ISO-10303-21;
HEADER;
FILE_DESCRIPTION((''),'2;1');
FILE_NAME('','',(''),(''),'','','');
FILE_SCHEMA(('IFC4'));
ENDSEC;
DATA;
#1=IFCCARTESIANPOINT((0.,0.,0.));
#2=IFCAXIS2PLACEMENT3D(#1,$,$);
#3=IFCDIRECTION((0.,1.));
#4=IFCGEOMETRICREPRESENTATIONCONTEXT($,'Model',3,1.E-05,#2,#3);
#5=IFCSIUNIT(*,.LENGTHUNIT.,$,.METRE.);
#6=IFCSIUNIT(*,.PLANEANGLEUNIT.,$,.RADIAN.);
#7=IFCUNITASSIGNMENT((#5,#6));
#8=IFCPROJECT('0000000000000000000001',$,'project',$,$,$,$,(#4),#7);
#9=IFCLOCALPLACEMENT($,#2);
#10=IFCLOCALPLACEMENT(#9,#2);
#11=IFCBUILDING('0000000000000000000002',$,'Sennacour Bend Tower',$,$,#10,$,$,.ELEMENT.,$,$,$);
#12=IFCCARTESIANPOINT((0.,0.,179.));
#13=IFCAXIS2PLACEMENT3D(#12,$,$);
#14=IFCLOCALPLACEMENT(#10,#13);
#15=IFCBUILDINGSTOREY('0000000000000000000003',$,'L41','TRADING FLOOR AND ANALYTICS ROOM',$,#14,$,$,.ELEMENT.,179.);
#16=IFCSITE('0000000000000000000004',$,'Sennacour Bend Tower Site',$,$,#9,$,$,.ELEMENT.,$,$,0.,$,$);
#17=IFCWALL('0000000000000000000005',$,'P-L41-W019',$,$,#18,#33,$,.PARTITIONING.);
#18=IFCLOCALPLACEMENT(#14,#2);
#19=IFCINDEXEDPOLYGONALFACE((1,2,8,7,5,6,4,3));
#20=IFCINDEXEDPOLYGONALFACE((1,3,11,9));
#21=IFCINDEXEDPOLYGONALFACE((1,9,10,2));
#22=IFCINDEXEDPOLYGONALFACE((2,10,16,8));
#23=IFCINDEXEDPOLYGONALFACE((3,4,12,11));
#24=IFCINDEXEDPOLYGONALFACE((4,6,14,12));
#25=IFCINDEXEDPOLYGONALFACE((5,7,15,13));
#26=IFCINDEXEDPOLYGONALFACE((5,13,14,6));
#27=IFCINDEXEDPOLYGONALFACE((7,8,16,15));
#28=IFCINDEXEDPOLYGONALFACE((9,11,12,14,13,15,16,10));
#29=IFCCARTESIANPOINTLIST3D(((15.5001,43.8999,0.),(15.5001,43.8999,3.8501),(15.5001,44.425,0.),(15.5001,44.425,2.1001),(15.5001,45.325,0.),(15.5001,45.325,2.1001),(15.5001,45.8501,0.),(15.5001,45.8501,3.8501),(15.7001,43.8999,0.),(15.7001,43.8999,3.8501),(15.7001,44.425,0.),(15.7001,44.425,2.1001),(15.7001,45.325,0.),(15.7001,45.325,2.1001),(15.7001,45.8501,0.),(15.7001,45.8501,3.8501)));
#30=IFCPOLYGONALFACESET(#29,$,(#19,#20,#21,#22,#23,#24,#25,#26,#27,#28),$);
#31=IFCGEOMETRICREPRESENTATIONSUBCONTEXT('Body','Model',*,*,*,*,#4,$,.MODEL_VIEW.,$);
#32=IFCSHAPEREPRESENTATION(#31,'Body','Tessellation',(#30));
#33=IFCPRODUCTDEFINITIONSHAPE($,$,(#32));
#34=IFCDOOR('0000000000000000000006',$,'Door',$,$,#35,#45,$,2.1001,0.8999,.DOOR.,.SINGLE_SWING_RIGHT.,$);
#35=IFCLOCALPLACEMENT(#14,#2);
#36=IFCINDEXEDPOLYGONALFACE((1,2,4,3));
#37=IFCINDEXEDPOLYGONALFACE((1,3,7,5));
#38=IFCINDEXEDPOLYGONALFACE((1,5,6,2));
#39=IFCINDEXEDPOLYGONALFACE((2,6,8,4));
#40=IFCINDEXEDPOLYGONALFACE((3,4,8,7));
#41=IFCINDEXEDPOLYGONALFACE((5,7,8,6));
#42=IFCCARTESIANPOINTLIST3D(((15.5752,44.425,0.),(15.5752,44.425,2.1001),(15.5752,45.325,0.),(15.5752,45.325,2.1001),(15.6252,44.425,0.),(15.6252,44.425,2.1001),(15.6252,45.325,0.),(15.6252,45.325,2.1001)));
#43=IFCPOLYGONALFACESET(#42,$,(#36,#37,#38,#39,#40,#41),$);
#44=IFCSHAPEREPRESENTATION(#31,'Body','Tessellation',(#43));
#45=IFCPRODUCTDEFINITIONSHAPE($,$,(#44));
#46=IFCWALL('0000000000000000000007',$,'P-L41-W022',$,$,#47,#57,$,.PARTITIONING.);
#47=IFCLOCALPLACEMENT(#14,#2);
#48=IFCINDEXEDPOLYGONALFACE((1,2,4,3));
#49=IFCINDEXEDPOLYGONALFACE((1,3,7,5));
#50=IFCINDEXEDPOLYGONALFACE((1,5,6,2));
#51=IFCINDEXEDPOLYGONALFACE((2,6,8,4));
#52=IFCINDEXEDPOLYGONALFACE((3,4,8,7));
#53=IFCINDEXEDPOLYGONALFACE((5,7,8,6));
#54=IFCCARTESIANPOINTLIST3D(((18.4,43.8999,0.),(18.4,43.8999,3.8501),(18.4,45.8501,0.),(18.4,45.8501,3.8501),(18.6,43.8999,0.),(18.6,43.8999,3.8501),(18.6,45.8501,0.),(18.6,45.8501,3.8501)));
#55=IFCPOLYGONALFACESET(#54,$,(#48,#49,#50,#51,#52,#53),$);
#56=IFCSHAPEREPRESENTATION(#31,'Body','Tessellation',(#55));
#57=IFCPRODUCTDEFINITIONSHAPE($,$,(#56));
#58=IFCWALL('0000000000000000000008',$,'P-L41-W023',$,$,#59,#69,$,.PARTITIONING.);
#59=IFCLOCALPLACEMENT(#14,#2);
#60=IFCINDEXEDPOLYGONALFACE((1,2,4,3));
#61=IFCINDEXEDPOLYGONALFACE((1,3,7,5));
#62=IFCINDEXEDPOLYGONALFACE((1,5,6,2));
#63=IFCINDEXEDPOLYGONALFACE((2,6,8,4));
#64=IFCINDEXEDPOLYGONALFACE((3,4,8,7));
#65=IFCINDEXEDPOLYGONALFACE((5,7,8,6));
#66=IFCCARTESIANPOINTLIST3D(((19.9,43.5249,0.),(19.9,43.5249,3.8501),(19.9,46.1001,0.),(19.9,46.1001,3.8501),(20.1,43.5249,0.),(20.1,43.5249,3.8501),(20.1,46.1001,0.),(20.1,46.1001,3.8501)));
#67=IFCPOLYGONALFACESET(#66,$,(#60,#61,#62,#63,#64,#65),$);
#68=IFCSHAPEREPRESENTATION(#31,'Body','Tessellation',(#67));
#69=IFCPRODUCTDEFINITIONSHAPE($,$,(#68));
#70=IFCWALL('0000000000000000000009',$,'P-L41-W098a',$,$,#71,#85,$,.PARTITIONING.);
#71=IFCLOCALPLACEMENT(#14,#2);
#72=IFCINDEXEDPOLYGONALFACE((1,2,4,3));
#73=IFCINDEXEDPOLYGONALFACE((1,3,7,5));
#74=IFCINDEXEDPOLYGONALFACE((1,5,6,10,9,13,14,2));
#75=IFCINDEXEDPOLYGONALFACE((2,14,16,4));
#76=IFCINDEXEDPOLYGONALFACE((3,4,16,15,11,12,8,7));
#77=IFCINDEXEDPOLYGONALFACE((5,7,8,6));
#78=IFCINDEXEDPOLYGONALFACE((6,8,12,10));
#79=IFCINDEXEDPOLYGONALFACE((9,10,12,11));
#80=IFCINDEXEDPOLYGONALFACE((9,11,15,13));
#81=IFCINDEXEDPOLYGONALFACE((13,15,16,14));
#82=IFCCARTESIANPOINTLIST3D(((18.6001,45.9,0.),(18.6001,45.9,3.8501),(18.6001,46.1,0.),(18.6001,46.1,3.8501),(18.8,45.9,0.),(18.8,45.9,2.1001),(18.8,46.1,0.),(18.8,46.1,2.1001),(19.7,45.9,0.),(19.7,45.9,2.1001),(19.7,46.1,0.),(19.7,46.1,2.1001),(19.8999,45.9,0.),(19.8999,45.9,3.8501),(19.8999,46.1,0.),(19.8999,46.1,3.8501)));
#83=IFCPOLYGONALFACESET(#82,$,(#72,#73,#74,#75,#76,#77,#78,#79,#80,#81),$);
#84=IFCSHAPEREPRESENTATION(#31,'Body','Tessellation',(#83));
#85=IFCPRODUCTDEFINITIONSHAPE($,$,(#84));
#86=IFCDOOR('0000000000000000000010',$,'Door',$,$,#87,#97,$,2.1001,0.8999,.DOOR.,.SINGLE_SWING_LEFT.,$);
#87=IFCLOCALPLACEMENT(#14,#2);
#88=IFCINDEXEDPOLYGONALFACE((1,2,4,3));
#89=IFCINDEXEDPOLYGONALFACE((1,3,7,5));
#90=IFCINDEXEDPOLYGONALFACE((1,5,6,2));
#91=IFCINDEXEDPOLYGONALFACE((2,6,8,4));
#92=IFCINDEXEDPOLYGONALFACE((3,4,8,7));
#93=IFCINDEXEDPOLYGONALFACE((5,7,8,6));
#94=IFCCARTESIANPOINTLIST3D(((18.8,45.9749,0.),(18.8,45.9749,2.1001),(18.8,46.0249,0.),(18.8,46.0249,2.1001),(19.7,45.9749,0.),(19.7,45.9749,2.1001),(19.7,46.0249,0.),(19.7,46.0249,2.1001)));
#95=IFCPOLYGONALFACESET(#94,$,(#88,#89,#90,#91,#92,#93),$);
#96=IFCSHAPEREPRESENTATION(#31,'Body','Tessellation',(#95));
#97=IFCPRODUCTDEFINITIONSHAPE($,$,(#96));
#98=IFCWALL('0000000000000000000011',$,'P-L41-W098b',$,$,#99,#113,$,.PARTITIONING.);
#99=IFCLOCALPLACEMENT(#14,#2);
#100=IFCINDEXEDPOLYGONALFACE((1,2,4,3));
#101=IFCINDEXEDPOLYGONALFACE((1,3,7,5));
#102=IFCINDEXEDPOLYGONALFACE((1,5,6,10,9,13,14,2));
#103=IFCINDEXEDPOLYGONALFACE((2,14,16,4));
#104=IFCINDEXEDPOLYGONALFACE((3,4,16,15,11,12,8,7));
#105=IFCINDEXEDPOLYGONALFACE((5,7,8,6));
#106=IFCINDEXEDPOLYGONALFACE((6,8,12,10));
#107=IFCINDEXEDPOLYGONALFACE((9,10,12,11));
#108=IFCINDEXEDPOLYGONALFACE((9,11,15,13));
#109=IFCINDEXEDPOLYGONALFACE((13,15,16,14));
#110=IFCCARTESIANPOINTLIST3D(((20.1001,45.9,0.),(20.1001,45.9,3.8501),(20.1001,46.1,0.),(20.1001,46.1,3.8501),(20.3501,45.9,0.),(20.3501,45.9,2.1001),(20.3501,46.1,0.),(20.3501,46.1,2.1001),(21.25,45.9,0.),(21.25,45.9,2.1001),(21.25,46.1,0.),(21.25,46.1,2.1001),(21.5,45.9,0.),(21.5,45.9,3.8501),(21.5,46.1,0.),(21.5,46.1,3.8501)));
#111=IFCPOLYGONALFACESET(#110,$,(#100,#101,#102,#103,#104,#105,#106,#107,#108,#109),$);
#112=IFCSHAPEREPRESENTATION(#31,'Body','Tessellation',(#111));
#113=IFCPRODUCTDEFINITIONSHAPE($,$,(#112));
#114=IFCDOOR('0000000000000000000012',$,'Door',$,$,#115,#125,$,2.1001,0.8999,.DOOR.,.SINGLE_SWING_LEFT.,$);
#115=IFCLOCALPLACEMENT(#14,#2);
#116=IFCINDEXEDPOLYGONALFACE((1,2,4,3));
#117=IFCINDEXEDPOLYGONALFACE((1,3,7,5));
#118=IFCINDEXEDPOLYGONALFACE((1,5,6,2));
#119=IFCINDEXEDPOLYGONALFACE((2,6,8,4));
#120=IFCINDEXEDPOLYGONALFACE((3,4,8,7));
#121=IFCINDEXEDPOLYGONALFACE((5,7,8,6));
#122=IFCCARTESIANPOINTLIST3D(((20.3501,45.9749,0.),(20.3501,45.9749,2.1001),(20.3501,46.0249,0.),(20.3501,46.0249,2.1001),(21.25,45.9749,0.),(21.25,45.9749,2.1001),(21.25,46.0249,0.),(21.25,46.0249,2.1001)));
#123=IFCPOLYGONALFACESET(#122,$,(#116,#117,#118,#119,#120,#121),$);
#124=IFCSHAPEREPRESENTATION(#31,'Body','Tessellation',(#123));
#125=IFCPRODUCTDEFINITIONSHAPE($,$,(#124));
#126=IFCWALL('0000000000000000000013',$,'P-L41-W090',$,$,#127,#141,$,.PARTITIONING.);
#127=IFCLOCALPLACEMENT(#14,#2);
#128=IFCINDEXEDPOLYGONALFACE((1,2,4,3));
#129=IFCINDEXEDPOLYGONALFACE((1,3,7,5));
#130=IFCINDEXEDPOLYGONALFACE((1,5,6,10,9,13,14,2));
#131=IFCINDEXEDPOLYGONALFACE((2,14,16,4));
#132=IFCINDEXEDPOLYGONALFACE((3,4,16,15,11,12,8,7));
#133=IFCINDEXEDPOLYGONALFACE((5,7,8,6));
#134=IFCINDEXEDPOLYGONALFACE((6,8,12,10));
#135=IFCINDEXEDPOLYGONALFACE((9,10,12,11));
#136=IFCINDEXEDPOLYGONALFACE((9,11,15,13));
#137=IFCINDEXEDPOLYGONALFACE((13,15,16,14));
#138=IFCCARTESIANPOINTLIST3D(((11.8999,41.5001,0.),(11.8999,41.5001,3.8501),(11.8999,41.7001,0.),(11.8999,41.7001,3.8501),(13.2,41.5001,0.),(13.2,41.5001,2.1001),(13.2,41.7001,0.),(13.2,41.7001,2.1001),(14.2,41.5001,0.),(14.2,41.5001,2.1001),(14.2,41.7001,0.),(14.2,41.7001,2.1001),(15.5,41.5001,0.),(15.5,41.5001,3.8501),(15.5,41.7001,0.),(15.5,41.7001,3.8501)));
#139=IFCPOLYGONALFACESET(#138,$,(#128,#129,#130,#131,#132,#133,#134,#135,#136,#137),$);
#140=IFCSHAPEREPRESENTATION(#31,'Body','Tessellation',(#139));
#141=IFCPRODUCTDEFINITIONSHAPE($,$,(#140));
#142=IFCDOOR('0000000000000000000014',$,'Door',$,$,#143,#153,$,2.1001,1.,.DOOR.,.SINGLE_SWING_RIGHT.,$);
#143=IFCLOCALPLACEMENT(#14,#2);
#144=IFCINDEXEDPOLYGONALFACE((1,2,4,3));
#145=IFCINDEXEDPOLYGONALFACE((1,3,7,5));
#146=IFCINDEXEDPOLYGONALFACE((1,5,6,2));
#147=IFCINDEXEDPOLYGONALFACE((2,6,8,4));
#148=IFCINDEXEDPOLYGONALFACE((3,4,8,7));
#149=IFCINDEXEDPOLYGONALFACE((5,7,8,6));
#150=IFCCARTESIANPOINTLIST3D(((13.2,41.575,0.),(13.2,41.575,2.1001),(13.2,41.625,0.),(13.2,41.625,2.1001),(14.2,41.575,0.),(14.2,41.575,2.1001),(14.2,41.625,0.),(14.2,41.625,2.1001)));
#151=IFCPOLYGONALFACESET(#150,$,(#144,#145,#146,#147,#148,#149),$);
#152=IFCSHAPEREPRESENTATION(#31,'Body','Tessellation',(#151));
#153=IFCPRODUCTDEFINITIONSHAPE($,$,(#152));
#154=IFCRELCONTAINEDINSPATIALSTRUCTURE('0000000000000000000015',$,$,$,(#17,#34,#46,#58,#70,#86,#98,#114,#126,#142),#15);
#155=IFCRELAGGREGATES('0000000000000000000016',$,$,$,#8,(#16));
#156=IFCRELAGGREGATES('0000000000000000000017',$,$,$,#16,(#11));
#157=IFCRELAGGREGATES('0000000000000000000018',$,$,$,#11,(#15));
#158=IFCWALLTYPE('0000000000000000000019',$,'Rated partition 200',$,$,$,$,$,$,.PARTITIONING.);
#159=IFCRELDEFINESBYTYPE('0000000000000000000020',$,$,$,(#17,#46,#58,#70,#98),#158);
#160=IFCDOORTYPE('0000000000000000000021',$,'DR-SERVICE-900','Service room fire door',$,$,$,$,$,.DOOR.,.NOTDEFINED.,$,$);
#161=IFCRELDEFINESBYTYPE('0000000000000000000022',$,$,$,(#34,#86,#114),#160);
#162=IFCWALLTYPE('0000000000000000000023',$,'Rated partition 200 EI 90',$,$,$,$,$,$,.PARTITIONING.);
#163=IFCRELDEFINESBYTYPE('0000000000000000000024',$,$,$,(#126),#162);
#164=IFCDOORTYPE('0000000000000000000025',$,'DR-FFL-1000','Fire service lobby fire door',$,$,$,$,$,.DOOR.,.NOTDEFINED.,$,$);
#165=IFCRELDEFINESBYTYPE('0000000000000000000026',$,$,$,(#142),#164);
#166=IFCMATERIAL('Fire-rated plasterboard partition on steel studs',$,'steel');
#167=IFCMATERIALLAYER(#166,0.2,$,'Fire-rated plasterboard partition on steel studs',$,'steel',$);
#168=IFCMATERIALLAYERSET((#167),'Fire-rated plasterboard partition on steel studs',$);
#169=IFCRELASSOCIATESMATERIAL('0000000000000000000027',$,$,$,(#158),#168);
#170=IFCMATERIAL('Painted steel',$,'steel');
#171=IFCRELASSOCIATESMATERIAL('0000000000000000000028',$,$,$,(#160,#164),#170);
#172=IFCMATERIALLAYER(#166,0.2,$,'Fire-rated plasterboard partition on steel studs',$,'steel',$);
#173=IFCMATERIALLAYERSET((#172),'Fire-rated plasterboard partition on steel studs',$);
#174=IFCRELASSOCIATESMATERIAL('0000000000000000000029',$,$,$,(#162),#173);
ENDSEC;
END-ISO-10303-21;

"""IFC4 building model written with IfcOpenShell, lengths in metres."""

from ifc_helpers import new_model, si_unit, direction, frame, frame_2d, origin, place, context, subcontext, project, spatial, rectangle, extrude, material, layer, layer_set, type_object, element, fill, save


model = new_model("IFC4")

# Units and contexts
model_context = context("Model", 3, precision=1e-05, world=origin(), true_north=direction((0.0, 1.0)))
body_context = subcontext(model_context, "Body", "Model", "MODEL_VIEW")
ifc_project = project(units=[si_unit("LENGTHUNIT", "METRE"), si_unit("PLANEANGLEUNIT", "RADIAN")], contexts=[model_context])

# Site, building, storey
site_placement = place(None, origin())
site = spatial("IfcSite", under=ifc_project, at=site_placement, Name="Sennacour Bend Tower Site", CompositionType="ELEMENT", RefElevation=0.0)
building_placement = place(site_placement, origin())
building = spatial("IfcBuilding", under=site, at=building_placement, Name="Sennacour Bend Tower", CompositionType="ELEMENT")
storey_placement = place(building_placement, frame((0.0, 0.0, 179.0)))
storey = spatial("IfcBuildingStorey", under=building, at=storey_placement, Name="L41", Description="TRADING FLOOR AND ANALYTICS ROOM", CompositionType="ELEMENT", Elevation=179.0)

# Wall, opening, door
ifc_material_1 = material(Name="Fire-rated plasterboard partition on steel studs", Category="steel")
ifc_layer_1 = layer(ifc_material_1, 0.2, Name="Fire-rated plasterboard partition on steel studs", Category="steel")
ifc_layer_set_1 = layer_set([ifc_layer_1], Name="Fire-rated plasterboard partition on steel studs")
wall_type_1 = type_object("IfcWallType", Name="Rated partition 200", PredefinedType="PARTITIONING", material=ifc_layer_set_1)
wall_1_placement = place(storey_placement, frame((15.6001, 43.8999, 0.0), z_axis=(0.0, 0.0, 1.0), x_axis=(0.0, 1.0, 0.0)))
wall_1 = element("IfcWall", 1, at=wall_1_placement, inside=storey, type_object=wall_type_1, Name="P-L41-W019", PredefinedType="PARTITIONING", context=body_context, shape_type="SweptSolid", body=[
    extrude(rectangle(XDim=1.9502, YDim=0.2, at=frame_2d((0.9751, 0.0))), origin(), (0.0, 0.0, 1.0), 3.8501),
])
opening_1_placement = place(wall_1_placement, frame((0.5251, 0.0, 0.0)))
opening_1 = element("IfcOpeningElement", 2, at=opening_1_placement, cuts=wall_1, PredefinedType="OPENING", context=body_context, shape_type="SweptSolid", body=[
    extrude(rectangle(XDim=0.8999, YDim=2.1001, at=frame_2d((0.45, 1.05))), frame((0.0, 0.1099, 0.0), z_axis=(0.0, -1.0, 0.0), x_axis=(1.0, 0.0, 0.0)), (0.0, 0.0, 1.0), 0.22),
])
ifc_material_2 = material(Name="Painted steel", Category="steel")
door_type_1 = type_object("IfcDoorType", Name="DR-SERVICE-900", Description="Service room fire door", OperationType="NOTDEFINED", PredefinedType="DOOR", material=ifc_material_2)
door_1_placement = place(opening_1_placement, origin())
door_1 = element("IfcDoor", 3, at=door_1_placement, inside=storey, type_object=door_type_1, Name="Door", OperationType="SINGLE_SWING_RIGHT", OverallHeight=2.1001, OverallWidth=0.8999, PredefinedType="DOOR", context=body_context, shape_type="SweptSolid", body=[
    extrude(rectangle(XDim=0.8999, YDim=2.1001, at=frame_2d((0.45, 1.05))), frame((0.0, 0.0249, 0.0), z_axis=(0.0, -1.0, 0.0), x_axis=(1.0, 0.0, 0.0)), (0.0, 0.0, 1.0), 0.05),
])
fill(opening_1, door_1)

# Walls
wall_2_placement = place(storey_placement, frame((18.5, 43.8999, 0.0), z_axis=(0.0, 0.0, 1.0), x_axis=(0.0, 1.0, 0.0)))
element("IfcWall", 4, at=wall_2_placement, inside=storey, type_object=wall_type_1, Name="P-L41-W022", PredefinedType="PARTITIONING", context=body_context, shape_type="SweptSolid", body=[
    extrude(rectangle(XDim=1.9502, YDim=0.2, at=frame_2d((0.9751, 0.0))), origin(), (0.0, 0.0, 1.0), 3.8501),
])
wall_3_placement = place(storey_placement, frame((20.0, 43.5249, 0.0), z_axis=(0.0, 0.0, 1.0), x_axis=(0.0, 1.0, 0.0)))
element("IfcWall", 5, at=wall_3_placement, inside=storey, type_object=wall_type_1, Name="P-L41-W023", PredefinedType="PARTITIONING", context=body_context, shape_type="SweptSolid", body=[
    extrude(rectangle(XDim=2.5752, YDim=0.2, at=frame_2d((1.2876, 0.0))), origin(), (0.0, 0.0, 1.0), 3.8501),
])

# Walls, openings, doors
wall_4_placement = place(storey_placement, frame((18.6001, 46.0, 0.0), z_axis=(0.0, 0.0, 1.0), x_axis=(1.0, 0.0, 0.0)))
wall_4 = element("IfcWall", 6, at=wall_4_placement, inside=storey, type_object=wall_type_1, Name="P-L41-W098a", PredefinedType="PARTITIONING", context=body_context, shape_type="SweptSolid", body=[
    extrude(rectangle(XDim=1.2998, YDim=0.2, at=frame_2d((0.6499, 0.0))), origin(), (0.0, 0.0, 1.0), 3.8501),
])
opening_2_placement = place(wall_4_placement, frame((0.2, 0.0, 0.0)))
opening_2 = element("IfcOpeningElement", 7, at=opening_2_placement, cuts=wall_4, PredefinedType="OPENING", context=body_context, shape_type="SweptSolid", body=[
    extrude(rectangle(XDim=0.8999, YDim=2.1001, at=frame_2d((0.45, 1.05))), frame((0.0, 0.1099, 0.0), z_axis=(0.0, -1.0, 0.0), x_axis=(1.0, 0.0, 0.0)), (0.0, 0.0, 1.0), 0.22),
])
door_2_placement = place(opening_2_placement, origin())
door_2 = element("IfcDoor", 8, at=door_2_placement, inside=storey, type_object=door_type_1, Name="Door", OperationType="SINGLE_SWING_LEFT", OverallHeight=2.1001, OverallWidth=0.8999, PredefinedType="DOOR", context=body_context, shape_type="SweptSolid", body=[
    extrude(rectangle(XDim=0.8999, YDim=2.1001, at=frame_2d((0.45, 1.05))), frame((0.0, 0.0249, 0.0), z_axis=(0.0, -1.0, 0.0), x_axis=(1.0, 0.0, 0.0)), (0.0, 0.0, 1.0), 0.05),
])
fill(opening_2, door_2)
wall_5_placement = place(storey_placement, frame((20.1001, 46.0, 0.0), z_axis=(0.0, 0.0, 1.0), x_axis=(1.0, 0.0, 0.0)))
wall_5 = element("IfcWall", 9, at=wall_5_placement, inside=storey, type_object=wall_type_1, Name="P-L41-W098b", PredefinedType="PARTITIONING", context=body_context, shape_type="SweptSolid", body=[
    extrude(rectangle(XDim=1.3999, YDim=0.2, at=frame_2d((0.7, 0.0))), origin(), (0.0, 0.0, 1.0), 3.8501),
])
opening_3_placement = place(wall_5_placement, frame((0.25, 0.0, 0.0)))
opening_3 = element("IfcOpeningElement", 10, at=opening_3_placement, cuts=wall_5, PredefinedType="OPENING", context=body_context, shape_type="SweptSolid", body=[
    extrude(rectangle(XDim=0.8999, YDim=2.1001, at=frame_2d((0.45, 1.05))), frame((0.0, 0.1099, 0.0), z_axis=(0.0, -1.0, 0.0), x_axis=(1.0, 0.0, 0.0)), (0.0, 0.0, 1.0), 0.22),
])
door_3_placement = place(opening_3_placement, origin())
door_3 = element("IfcDoor", 11, at=door_3_placement, inside=storey, type_object=door_type_1, Name="Door", OperationType="SINGLE_SWING_LEFT", OverallHeight=2.1001, OverallWidth=0.8999, PredefinedType="DOOR", context=body_context, shape_type="SweptSolid", body=[
    extrude(rectangle(XDim=0.8999, YDim=2.1001, at=frame_2d((0.45, 1.05))), frame((0.0, 0.0249, 0.0), z_axis=(0.0, -1.0, 0.0), x_axis=(1.0, 0.0, 0.0)), (0.0, 0.0, 1.0), 0.05),
])
fill(opening_3, door_3)
ifc_layer_2 = layer(ifc_material_1, 0.2, Name="Fire-rated plasterboard partition on steel studs", Category="steel")
ifc_layer_set_2 = layer_set([ifc_layer_2], Name="Fire-rated plasterboard partition on steel studs")
wall_type_2 = type_object("IfcWallType", Name="Rated partition 200 EI 90", PredefinedType="PARTITIONING", material=ifc_layer_set_2)
wall_6_placement = place(storey_placement, frame((11.8999, 41.6001, 0.0), z_axis=(0.0, 0.0, 1.0), x_axis=(1.0, 0.0, 0.0)))
wall_6 = element("IfcWall", 12, at=wall_6_placement, inside=storey, type_object=wall_type_2, Name="P-L41-W090", PredefinedType="PARTITIONING", context=body_context, shape_type="SweptSolid", body=[
    extrude(rectangle(XDim=3.6001, YDim=0.2, at=frame_2d((1.8, 0.0))), origin(), (0.0, 0.0, 1.0), 3.8501),
])
opening_4_placement = place(wall_6_placement, frame((1.3, 0.0, 0.0)))
opening_4 = element("IfcOpeningElement", 13, at=opening_4_placement, cuts=wall_6, PredefinedType="OPENING", context=body_context, shape_type="SweptSolid", body=[
    extrude(rectangle(XDim=1.0, YDim=2.1001, at=frame_2d((0.5, 1.05))), frame((0.0, 0.1099, 0.0), z_axis=(0.0, -1.0, 0.0), x_axis=(1.0, 0.0, 0.0)), (0.0, 0.0, 1.0), 0.22),
])
door_type_2 = type_object("IfcDoorType", Name="DR-FFL-1000", Description="Fire service lobby fire door", OperationType="NOTDEFINED", PredefinedType="DOOR", material=ifc_material_2)
door_4_placement = place(opening_4_placement, origin())
door_4 = element("IfcDoor", 14, at=door_4_placement, inside=storey, type_object=door_type_2, Name="Door", OperationType="SINGLE_SWING_RIGHT", OverallHeight=2.1001, OverallWidth=1.0, PredefinedType="DOOR", context=body_context, shape_type="SweptSolid", body=[
    extrude(rectangle(XDim=1.0, YDim=2.1001, at=frame_2d((0.5, 1.05))), frame((0.0, 0.0249, 0.0), z_axis=(0.0, -1.0, 0.0), x_axis=(1.0, 0.0, 0.0)), (0.0, 0.0, 1.0), 0.05),
])
fill(opening_4, door_4)

save(model, "model.ifc")
